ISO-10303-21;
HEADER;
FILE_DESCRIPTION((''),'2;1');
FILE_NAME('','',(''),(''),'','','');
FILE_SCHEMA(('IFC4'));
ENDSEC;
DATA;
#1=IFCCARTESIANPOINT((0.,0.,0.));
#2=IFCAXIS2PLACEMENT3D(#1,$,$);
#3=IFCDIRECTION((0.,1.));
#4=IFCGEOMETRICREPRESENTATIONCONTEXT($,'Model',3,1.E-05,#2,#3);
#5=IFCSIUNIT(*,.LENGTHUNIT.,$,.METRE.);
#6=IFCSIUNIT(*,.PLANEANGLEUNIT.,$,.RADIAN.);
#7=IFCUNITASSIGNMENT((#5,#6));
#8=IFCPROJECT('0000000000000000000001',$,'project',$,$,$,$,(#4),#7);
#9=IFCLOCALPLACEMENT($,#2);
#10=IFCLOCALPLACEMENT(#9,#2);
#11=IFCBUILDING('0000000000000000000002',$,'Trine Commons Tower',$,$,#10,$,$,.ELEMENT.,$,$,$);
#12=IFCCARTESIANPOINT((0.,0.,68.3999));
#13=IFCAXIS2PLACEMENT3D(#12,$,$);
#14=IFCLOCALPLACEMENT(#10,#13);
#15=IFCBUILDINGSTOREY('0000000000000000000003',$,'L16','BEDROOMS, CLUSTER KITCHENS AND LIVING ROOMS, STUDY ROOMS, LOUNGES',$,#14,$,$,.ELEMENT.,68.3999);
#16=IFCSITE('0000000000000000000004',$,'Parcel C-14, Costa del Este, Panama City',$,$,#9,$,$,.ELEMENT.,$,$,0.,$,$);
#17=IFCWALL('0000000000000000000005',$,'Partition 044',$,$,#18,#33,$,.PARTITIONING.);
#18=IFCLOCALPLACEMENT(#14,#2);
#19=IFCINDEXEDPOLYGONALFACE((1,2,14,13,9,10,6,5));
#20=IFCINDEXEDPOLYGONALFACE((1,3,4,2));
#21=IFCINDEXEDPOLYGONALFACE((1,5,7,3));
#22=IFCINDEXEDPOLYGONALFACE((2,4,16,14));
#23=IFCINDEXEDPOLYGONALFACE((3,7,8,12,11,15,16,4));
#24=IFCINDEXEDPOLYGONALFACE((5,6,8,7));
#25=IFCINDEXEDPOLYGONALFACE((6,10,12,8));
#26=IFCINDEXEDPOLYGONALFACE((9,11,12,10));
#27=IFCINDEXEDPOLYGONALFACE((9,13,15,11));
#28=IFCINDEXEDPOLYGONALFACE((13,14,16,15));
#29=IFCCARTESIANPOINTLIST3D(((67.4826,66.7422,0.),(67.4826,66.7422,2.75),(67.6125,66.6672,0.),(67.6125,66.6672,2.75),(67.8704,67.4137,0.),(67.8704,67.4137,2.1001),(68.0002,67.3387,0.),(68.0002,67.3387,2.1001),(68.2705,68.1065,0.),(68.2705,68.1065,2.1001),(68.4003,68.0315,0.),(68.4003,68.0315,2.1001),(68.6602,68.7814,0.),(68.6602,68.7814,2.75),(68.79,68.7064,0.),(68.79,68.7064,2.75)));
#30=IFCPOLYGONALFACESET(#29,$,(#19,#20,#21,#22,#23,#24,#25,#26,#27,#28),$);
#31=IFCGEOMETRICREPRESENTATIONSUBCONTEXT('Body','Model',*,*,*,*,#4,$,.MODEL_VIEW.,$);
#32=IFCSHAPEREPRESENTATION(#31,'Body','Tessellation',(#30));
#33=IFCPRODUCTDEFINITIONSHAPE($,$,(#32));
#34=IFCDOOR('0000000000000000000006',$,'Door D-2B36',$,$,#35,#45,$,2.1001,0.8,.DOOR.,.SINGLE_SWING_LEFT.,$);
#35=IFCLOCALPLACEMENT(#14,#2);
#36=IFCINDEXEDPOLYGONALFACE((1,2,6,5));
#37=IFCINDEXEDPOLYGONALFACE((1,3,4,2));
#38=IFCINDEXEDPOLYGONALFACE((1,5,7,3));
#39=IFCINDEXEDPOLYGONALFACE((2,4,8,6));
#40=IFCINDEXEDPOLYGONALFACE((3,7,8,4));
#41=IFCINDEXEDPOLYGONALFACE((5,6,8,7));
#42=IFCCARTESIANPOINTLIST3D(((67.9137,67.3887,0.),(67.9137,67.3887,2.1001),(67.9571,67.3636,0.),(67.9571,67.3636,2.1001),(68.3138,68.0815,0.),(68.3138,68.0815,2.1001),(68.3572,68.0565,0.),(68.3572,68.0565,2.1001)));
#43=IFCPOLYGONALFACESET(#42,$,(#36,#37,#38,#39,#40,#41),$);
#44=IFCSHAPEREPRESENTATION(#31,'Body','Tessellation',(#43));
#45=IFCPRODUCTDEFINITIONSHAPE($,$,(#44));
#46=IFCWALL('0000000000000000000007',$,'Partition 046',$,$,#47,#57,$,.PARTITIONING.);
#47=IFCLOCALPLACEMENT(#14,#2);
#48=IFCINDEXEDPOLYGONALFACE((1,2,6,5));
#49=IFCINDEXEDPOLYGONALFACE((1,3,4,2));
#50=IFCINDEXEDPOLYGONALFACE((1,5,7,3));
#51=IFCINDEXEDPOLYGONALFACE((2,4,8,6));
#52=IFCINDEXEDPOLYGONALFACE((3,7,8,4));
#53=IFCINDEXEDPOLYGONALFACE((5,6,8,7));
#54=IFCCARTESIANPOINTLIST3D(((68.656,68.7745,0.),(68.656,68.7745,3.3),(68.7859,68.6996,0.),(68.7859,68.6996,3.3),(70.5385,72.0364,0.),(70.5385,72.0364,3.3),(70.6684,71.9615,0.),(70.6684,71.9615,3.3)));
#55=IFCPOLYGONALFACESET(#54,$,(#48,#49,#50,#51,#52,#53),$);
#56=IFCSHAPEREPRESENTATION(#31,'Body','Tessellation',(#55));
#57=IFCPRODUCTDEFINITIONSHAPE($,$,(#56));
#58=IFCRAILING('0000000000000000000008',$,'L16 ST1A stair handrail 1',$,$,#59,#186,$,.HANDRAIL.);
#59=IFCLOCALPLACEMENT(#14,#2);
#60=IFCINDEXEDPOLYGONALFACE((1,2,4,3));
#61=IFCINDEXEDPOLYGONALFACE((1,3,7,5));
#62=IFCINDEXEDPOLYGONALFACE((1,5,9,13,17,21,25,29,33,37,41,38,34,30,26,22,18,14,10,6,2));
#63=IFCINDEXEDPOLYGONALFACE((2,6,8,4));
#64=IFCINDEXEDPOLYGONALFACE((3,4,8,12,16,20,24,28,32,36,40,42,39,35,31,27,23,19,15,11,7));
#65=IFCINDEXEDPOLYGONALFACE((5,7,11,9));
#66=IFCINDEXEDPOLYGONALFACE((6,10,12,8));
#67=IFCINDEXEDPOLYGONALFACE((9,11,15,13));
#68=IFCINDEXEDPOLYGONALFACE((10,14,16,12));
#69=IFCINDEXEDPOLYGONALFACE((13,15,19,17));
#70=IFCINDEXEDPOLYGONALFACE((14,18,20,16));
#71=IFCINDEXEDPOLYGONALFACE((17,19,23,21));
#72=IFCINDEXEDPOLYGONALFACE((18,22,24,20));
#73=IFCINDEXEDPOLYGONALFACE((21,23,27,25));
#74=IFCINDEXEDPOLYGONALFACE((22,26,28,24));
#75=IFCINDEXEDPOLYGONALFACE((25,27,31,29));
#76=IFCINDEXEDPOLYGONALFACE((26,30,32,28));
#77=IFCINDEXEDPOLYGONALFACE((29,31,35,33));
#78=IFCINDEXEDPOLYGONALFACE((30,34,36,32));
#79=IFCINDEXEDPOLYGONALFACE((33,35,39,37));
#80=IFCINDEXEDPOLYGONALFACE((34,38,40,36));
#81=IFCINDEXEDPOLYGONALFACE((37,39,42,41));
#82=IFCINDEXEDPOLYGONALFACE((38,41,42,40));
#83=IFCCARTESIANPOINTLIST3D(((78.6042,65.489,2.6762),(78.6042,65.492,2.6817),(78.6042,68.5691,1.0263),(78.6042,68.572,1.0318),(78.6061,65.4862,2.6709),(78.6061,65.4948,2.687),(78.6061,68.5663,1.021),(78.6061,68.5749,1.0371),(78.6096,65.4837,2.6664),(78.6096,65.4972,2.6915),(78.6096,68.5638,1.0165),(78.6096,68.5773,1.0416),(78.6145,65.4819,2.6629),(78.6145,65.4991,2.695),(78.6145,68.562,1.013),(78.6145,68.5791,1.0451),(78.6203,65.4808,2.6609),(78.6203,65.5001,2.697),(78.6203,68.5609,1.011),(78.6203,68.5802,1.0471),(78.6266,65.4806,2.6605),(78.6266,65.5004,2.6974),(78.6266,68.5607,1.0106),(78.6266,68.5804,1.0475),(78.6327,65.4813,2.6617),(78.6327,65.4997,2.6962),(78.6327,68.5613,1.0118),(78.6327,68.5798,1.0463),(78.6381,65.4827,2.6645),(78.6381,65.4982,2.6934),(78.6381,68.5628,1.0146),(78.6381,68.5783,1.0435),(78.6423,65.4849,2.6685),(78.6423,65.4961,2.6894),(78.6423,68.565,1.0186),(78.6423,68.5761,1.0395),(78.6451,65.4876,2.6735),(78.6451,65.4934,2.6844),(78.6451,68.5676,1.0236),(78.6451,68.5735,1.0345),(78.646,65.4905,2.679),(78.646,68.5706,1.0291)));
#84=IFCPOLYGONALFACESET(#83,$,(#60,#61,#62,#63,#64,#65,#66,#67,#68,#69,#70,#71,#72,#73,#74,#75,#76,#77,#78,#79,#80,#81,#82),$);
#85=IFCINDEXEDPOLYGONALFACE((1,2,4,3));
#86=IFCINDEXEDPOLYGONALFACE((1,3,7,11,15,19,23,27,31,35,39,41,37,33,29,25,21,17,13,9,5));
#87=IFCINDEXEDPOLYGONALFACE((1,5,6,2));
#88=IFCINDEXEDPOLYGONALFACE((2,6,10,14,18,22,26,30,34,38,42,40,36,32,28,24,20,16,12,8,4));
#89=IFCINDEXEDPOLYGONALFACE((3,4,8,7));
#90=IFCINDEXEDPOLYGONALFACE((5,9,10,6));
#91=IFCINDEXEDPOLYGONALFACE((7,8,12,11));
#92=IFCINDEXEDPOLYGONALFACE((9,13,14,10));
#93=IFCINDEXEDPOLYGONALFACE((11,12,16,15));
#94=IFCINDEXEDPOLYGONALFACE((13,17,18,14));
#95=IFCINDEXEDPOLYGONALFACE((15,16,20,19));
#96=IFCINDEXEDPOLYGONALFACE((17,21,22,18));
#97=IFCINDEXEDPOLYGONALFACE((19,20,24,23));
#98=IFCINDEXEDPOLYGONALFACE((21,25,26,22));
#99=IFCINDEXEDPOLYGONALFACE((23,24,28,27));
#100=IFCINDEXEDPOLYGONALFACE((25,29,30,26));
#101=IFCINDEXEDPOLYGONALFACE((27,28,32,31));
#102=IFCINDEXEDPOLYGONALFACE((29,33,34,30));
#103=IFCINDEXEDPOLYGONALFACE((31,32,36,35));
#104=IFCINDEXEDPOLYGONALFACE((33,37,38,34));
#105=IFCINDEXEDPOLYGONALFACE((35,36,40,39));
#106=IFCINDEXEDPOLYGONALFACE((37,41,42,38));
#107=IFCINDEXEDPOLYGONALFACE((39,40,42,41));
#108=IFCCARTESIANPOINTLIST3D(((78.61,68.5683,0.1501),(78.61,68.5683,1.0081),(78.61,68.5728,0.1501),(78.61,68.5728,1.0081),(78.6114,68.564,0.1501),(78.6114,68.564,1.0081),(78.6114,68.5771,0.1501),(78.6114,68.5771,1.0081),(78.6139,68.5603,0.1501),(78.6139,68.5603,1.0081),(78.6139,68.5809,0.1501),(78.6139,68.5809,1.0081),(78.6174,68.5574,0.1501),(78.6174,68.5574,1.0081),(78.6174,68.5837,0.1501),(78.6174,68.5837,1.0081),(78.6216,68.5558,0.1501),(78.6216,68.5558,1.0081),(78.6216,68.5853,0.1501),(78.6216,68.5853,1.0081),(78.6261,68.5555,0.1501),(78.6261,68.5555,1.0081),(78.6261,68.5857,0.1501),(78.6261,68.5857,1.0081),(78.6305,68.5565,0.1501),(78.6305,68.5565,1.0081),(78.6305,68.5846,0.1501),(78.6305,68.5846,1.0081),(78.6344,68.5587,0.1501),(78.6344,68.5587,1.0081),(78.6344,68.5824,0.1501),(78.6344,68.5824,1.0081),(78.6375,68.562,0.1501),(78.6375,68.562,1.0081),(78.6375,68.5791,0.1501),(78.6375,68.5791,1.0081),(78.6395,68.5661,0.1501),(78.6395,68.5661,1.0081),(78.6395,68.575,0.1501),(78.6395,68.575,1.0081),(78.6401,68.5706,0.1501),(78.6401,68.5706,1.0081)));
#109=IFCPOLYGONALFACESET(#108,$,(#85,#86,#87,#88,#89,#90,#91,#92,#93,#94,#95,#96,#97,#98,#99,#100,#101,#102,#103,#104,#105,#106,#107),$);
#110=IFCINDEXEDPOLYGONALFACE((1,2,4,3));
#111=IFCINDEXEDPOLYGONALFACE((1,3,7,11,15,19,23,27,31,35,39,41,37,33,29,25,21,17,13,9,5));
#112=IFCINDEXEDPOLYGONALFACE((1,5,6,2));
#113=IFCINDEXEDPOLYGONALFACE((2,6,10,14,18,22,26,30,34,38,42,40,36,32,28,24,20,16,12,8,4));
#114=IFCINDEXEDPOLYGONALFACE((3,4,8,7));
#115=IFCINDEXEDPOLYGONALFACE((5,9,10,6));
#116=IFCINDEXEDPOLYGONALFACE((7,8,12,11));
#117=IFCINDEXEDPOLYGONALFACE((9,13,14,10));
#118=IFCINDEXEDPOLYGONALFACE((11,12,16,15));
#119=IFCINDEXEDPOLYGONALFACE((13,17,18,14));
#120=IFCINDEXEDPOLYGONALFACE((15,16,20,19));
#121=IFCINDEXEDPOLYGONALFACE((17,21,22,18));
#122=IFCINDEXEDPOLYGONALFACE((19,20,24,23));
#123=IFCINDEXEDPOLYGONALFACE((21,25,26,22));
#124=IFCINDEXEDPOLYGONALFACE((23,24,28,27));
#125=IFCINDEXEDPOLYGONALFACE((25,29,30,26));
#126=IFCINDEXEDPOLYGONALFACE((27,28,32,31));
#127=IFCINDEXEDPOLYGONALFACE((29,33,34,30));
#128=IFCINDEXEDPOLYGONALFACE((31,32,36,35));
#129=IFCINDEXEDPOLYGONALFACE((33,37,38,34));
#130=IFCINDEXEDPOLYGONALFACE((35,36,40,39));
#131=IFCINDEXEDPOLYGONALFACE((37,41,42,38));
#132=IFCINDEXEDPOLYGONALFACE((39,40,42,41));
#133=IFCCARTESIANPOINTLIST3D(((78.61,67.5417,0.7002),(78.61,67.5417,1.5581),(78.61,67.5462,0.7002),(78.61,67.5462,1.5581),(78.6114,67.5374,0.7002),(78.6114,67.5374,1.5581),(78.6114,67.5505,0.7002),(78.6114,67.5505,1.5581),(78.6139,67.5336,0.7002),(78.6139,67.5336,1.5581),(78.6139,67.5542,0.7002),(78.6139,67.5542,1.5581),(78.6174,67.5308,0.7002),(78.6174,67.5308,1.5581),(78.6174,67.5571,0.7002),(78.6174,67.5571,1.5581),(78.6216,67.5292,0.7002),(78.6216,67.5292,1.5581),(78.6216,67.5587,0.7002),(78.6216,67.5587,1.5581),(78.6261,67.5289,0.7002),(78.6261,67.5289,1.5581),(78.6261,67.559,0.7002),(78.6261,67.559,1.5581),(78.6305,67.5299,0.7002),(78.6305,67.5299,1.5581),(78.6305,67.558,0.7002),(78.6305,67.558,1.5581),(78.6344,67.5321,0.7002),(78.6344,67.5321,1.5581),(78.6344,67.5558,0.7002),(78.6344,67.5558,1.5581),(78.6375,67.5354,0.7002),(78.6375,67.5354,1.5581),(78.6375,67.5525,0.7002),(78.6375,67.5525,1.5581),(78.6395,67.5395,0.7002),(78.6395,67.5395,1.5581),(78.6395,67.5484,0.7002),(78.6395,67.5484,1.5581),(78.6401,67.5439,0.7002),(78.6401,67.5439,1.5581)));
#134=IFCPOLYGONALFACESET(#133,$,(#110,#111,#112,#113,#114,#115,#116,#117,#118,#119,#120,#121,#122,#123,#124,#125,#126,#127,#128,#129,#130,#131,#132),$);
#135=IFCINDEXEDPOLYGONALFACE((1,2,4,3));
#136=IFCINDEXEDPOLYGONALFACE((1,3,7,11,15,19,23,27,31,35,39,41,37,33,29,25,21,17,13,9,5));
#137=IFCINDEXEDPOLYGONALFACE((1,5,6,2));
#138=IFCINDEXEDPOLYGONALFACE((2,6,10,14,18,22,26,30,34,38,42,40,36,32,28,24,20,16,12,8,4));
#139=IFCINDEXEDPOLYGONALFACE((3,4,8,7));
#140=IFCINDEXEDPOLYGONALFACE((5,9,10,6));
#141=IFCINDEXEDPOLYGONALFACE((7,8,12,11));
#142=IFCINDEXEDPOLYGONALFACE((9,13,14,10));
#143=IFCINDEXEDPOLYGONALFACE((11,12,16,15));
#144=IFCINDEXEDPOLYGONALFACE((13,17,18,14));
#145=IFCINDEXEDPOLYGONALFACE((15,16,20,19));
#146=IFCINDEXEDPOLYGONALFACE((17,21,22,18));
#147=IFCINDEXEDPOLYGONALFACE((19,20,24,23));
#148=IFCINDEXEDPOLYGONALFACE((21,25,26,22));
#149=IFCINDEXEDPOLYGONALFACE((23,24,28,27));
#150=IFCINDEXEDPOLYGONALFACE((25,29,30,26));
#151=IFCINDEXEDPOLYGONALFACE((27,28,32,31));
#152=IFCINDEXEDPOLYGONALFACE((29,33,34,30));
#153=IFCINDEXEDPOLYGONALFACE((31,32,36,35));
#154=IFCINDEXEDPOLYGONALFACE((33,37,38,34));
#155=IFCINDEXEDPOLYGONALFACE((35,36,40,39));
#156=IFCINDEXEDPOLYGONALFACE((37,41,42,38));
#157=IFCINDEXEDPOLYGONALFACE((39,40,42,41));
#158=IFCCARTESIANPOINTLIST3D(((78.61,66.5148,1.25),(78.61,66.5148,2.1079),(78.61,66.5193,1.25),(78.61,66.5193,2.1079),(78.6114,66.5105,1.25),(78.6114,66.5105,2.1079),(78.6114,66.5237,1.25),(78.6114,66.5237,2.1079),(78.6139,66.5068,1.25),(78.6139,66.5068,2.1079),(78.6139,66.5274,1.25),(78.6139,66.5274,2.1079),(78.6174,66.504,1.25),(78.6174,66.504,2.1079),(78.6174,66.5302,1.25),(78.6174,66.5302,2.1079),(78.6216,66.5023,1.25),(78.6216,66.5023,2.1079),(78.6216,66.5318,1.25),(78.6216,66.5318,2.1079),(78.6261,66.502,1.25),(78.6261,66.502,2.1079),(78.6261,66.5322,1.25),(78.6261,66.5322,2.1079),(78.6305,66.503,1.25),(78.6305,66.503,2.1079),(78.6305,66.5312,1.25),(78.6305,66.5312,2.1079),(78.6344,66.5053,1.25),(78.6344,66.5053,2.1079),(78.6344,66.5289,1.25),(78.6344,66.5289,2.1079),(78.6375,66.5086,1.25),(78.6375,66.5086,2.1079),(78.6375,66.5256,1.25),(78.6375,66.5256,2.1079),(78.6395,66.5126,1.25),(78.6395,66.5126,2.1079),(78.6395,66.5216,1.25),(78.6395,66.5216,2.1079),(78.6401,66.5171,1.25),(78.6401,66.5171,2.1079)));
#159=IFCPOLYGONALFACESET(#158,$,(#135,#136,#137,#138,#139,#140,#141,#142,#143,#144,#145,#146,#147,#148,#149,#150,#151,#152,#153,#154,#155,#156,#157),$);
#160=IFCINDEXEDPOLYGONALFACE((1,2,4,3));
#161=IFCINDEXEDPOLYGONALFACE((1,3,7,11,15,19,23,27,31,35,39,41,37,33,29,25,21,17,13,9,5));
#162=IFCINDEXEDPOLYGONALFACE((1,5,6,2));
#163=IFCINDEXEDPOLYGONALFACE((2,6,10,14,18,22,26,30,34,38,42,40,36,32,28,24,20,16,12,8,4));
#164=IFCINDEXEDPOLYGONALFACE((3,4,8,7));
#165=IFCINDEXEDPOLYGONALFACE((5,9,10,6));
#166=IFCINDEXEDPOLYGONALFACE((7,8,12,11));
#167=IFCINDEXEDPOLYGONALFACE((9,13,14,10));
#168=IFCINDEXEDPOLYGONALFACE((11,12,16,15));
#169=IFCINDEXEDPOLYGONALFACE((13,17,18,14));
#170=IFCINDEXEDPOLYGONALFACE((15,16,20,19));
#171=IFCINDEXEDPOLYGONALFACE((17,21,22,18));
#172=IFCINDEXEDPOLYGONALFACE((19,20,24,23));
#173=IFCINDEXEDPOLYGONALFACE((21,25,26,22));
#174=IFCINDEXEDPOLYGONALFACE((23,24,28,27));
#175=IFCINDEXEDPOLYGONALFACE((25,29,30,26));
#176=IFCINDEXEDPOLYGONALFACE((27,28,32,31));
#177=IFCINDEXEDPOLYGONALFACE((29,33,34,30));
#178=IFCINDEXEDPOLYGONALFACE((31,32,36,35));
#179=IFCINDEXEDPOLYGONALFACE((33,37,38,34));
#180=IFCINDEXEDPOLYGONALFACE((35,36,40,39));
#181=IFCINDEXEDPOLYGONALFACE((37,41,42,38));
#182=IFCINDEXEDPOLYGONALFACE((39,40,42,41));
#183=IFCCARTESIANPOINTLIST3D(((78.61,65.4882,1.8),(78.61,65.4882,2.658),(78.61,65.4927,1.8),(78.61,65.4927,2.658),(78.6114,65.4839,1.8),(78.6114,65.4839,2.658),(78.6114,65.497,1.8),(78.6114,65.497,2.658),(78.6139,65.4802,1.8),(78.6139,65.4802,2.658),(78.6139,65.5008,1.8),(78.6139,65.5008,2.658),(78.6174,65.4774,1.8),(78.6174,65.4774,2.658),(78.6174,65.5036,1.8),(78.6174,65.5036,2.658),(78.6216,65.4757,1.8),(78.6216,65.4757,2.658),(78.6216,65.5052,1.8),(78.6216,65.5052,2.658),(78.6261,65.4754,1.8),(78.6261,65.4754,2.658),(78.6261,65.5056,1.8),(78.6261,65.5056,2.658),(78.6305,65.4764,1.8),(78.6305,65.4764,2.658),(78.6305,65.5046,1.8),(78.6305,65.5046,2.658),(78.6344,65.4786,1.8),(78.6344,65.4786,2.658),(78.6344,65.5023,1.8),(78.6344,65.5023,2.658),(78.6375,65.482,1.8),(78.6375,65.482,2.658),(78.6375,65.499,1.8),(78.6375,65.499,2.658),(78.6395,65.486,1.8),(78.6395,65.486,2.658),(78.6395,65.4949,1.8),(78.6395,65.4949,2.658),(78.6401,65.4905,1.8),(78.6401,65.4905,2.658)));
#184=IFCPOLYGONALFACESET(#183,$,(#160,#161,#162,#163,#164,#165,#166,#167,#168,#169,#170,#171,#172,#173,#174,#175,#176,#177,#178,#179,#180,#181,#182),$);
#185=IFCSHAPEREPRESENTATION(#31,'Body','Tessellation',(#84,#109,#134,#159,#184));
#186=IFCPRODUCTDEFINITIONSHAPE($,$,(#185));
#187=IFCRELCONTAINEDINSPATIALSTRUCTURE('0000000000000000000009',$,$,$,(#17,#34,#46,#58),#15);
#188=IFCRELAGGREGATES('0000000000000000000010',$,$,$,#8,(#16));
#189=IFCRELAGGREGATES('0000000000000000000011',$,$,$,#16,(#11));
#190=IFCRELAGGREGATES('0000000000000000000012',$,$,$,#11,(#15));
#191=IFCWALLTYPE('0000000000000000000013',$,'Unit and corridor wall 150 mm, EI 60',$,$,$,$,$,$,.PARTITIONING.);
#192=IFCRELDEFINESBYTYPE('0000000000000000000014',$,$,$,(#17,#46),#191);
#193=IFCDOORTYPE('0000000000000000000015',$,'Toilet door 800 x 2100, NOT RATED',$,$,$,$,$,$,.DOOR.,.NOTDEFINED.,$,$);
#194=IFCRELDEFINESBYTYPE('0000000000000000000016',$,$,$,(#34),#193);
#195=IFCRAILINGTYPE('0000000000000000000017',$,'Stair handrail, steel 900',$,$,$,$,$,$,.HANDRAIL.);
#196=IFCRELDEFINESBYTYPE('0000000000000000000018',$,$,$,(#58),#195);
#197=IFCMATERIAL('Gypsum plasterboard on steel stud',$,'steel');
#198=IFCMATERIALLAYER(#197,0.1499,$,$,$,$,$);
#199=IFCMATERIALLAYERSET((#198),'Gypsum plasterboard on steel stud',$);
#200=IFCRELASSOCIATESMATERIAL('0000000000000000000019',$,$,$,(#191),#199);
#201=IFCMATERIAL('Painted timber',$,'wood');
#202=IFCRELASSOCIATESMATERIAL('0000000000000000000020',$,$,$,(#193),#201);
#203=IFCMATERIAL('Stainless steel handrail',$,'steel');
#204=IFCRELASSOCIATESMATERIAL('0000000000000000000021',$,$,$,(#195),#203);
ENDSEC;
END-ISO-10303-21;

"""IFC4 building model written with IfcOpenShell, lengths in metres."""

from ifc_helpers import new_model, si_unit, direction, frame, frame_2d, origin, origin_2d, place, context, subcontext, project, spatial, rectangle, circle, extrude, material, layer, layer_set, type_object, element, fill, save


model = new_model("IFC4")

# Units and contexts
model_context = context("Model", 3, precision=1e-05, world=origin(), true_north=direction((0.0, 1.0)))
body_context = subcontext(model_context, "Body", "Model", "MODEL_VIEW")
ifc_project = project(units=[si_unit("LENGTHUNIT", "METRE"), si_unit("PLANEANGLEUNIT", "RADIAN")], contexts=[model_context])

# Site, building, storey
site_placement = place(None, origin())
site = spatial("IfcSite", under=ifc_project, at=site_placement, Name="Parcel C-14, Costa del Este, Panama City", CompositionType="ELEMENT", RefElevation=0.0)
building_placement = place(site_placement, origin())
building = spatial("IfcBuilding", under=site, at=building_placement, Name="Trine Commons Tower", CompositionType="ELEMENT")
storey_placement = place(building_placement, frame((0.0, 0.0, 68.3999)))
storey = spatial("IfcBuildingStorey", under=building, at=storey_placement, Name="L16", Description="BEDROOMS, CLUSTER KITCHENS AND LIVING ROOMS, STUDY ROOMS, LOUNGES", CompositionType="ELEMENT", Elevation=68.3999)

# Shared definitions
ifc_material_1 = material(Name="Gypsum plasterboard on steel stud", Category="steel")
ifc_layer_1 = layer(ifc_material_1, 0.1499)
ifc_layer_set_1 = layer_set([ifc_layer_1], Name="Gypsum plasterboard on steel stud")
wall_type_1 = type_object("IfcWallType", Name="Unit and corridor wall 150 mm, EI 60", PredefinedType="PARTITIONING", material=ifc_layer_set_1)

# Wall, opening, door
wall_1_placement = place(storey_placement, frame((67.5476, 66.7048, 0.0), z_axis=(0.0, 0.0, 1.0), x_axis=(0.500075, 0.865982, 0.0)))
wall_1 = element("IfcWall", 1, at=wall_1_placement, inside=storey, type_object=wall_type_1, Name="Partition 044", PredefinedType="PARTITIONING", context=body_context, shape_type="SweptSolid", body=[
    extrude(rectangle(XDim=2.3547, YDim=0.1499, at=frame_2d((1.1772, 0.0))), origin(), (0.0, 0.0, 1.0), 2.75),
])
opening_1_placement = place(wall_1_placement, frame((0.7754, 0.0, 0.0)))
opening_1 = element("IfcOpeningElement", 2, at=opening_1_placement, cuts=wall_1, PredefinedType="OPENING", context=body_context, shape_type="SweptSolid", body=[
    extrude(rectangle(XDim=0.8, YDim=2.1001, at=frame_2d((0.3999, 1.05))), frame((0.0, 0.085, 0.0), z_axis=(0.0, -1.0, 0.0), x_axis=(1.0, 0.0, 0.0)), (0.0, 0.0, 1.0), 0.1699),
])
ifc_material_2 = material(Name="Painted timber", Category="wood")
door_type_1 = type_object("IfcDoorType", Name="Toilet door 800 x 2100, NOT RATED", OperationType="NOTDEFINED", PredefinedType="DOOR", material=ifc_material_2)
door_1_placement = place(opening_1_placement, origin())
door_1 = element("IfcDoor", 3, at=door_1_placement, inside=storey, type_object=door_type_1, Name="Door D-2B36", OperationType="SINGLE_SWING_LEFT", OverallHeight=2.1001, OverallWidth=0.8, PredefinedType="DOOR", context=body_context, shape_type="SweptSolid", body=[
    extrude(rectangle(XDim=0.8, YDim=2.1001, at=frame_2d((0.3999, 1.05))), frame((0.0, 0.0249, 0.0), z_axis=(0.0, -1.0, 0.0), x_axis=(1.0, 0.0, 0.0)), (0.0, 0.0, 1.0), 0.05),
])
fill(opening_1, door_1)

# Wall
wall_2_placement = place(storey_placement, frame((68.7209, 68.7371, 0.0), z_axis=(0.0, 0.0, 1.0), x_axis=(0.499855, 0.866109, 0.0)))
element("IfcWall", 4, at=wall_2_placement, inside=storey, type_object=wall_type_1, Name="Partition 046", PredefinedType="PARTITIONING", context=body_context, shape_type="SweptSolid", body=[
    extrude(rectangle(XDim=3.7661, YDim=0.1499, at=frame_2d((1.8831, 0.0))), origin(), (0.0, 0.0, 1.0), 3.3),
])

# Railing
ifc_material_3 = material(Name="Stainless steel handrail", Category="steel")
railing_type = type_object("IfcRailingType", Name="Stair handrail, steel 900", PredefinedType="HANDRAIL", material=ifc_material_3)
railing_1_placement = place(storey_placement, frame((78.625, 68.5706, 0.1501)))
element("IfcRailing", 5, at=railing_1_placement, inside=storey, type_object=railing_type, Name="L16 ST1A stair handrail 1", PredefinedType="HANDRAIL", context=body_context, shape_type="SweptSolid", body=[
    extrude(circle(Radius=0.021, at=origin_2d()), frame((0.0, 0.0, 0.8789), z_axis=(0.0, -0.881497, 0.47219), x_axis=(1.0, 0.0, 0.0)), (0.0, 0.0, 1.0), 3.4941),
    extrude(circle(Radius=0.0151, at=origin_2d()), origin(), (0.0, 0.0, 1.0), 0.8579),
    extrude(circle(Radius=0.0151, at=origin_2d()), frame((0.0, -1.0266, 0.55)), (0.0, 0.0, 1.0), 0.8579),
    extrude(circle(Radius=0.0151, at=origin_2d()), frame((0.0, -2.0535, 1.0999)), (0.0, 0.0, 1.0), 0.8579),
    extrude(circle(Radius=0.0151, at=origin_2d()), frame((0.0, -3.0801, 1.6499)), (0.0, 0.0, 1.0), 0.8579),
])

save(model, "model.ifc")
